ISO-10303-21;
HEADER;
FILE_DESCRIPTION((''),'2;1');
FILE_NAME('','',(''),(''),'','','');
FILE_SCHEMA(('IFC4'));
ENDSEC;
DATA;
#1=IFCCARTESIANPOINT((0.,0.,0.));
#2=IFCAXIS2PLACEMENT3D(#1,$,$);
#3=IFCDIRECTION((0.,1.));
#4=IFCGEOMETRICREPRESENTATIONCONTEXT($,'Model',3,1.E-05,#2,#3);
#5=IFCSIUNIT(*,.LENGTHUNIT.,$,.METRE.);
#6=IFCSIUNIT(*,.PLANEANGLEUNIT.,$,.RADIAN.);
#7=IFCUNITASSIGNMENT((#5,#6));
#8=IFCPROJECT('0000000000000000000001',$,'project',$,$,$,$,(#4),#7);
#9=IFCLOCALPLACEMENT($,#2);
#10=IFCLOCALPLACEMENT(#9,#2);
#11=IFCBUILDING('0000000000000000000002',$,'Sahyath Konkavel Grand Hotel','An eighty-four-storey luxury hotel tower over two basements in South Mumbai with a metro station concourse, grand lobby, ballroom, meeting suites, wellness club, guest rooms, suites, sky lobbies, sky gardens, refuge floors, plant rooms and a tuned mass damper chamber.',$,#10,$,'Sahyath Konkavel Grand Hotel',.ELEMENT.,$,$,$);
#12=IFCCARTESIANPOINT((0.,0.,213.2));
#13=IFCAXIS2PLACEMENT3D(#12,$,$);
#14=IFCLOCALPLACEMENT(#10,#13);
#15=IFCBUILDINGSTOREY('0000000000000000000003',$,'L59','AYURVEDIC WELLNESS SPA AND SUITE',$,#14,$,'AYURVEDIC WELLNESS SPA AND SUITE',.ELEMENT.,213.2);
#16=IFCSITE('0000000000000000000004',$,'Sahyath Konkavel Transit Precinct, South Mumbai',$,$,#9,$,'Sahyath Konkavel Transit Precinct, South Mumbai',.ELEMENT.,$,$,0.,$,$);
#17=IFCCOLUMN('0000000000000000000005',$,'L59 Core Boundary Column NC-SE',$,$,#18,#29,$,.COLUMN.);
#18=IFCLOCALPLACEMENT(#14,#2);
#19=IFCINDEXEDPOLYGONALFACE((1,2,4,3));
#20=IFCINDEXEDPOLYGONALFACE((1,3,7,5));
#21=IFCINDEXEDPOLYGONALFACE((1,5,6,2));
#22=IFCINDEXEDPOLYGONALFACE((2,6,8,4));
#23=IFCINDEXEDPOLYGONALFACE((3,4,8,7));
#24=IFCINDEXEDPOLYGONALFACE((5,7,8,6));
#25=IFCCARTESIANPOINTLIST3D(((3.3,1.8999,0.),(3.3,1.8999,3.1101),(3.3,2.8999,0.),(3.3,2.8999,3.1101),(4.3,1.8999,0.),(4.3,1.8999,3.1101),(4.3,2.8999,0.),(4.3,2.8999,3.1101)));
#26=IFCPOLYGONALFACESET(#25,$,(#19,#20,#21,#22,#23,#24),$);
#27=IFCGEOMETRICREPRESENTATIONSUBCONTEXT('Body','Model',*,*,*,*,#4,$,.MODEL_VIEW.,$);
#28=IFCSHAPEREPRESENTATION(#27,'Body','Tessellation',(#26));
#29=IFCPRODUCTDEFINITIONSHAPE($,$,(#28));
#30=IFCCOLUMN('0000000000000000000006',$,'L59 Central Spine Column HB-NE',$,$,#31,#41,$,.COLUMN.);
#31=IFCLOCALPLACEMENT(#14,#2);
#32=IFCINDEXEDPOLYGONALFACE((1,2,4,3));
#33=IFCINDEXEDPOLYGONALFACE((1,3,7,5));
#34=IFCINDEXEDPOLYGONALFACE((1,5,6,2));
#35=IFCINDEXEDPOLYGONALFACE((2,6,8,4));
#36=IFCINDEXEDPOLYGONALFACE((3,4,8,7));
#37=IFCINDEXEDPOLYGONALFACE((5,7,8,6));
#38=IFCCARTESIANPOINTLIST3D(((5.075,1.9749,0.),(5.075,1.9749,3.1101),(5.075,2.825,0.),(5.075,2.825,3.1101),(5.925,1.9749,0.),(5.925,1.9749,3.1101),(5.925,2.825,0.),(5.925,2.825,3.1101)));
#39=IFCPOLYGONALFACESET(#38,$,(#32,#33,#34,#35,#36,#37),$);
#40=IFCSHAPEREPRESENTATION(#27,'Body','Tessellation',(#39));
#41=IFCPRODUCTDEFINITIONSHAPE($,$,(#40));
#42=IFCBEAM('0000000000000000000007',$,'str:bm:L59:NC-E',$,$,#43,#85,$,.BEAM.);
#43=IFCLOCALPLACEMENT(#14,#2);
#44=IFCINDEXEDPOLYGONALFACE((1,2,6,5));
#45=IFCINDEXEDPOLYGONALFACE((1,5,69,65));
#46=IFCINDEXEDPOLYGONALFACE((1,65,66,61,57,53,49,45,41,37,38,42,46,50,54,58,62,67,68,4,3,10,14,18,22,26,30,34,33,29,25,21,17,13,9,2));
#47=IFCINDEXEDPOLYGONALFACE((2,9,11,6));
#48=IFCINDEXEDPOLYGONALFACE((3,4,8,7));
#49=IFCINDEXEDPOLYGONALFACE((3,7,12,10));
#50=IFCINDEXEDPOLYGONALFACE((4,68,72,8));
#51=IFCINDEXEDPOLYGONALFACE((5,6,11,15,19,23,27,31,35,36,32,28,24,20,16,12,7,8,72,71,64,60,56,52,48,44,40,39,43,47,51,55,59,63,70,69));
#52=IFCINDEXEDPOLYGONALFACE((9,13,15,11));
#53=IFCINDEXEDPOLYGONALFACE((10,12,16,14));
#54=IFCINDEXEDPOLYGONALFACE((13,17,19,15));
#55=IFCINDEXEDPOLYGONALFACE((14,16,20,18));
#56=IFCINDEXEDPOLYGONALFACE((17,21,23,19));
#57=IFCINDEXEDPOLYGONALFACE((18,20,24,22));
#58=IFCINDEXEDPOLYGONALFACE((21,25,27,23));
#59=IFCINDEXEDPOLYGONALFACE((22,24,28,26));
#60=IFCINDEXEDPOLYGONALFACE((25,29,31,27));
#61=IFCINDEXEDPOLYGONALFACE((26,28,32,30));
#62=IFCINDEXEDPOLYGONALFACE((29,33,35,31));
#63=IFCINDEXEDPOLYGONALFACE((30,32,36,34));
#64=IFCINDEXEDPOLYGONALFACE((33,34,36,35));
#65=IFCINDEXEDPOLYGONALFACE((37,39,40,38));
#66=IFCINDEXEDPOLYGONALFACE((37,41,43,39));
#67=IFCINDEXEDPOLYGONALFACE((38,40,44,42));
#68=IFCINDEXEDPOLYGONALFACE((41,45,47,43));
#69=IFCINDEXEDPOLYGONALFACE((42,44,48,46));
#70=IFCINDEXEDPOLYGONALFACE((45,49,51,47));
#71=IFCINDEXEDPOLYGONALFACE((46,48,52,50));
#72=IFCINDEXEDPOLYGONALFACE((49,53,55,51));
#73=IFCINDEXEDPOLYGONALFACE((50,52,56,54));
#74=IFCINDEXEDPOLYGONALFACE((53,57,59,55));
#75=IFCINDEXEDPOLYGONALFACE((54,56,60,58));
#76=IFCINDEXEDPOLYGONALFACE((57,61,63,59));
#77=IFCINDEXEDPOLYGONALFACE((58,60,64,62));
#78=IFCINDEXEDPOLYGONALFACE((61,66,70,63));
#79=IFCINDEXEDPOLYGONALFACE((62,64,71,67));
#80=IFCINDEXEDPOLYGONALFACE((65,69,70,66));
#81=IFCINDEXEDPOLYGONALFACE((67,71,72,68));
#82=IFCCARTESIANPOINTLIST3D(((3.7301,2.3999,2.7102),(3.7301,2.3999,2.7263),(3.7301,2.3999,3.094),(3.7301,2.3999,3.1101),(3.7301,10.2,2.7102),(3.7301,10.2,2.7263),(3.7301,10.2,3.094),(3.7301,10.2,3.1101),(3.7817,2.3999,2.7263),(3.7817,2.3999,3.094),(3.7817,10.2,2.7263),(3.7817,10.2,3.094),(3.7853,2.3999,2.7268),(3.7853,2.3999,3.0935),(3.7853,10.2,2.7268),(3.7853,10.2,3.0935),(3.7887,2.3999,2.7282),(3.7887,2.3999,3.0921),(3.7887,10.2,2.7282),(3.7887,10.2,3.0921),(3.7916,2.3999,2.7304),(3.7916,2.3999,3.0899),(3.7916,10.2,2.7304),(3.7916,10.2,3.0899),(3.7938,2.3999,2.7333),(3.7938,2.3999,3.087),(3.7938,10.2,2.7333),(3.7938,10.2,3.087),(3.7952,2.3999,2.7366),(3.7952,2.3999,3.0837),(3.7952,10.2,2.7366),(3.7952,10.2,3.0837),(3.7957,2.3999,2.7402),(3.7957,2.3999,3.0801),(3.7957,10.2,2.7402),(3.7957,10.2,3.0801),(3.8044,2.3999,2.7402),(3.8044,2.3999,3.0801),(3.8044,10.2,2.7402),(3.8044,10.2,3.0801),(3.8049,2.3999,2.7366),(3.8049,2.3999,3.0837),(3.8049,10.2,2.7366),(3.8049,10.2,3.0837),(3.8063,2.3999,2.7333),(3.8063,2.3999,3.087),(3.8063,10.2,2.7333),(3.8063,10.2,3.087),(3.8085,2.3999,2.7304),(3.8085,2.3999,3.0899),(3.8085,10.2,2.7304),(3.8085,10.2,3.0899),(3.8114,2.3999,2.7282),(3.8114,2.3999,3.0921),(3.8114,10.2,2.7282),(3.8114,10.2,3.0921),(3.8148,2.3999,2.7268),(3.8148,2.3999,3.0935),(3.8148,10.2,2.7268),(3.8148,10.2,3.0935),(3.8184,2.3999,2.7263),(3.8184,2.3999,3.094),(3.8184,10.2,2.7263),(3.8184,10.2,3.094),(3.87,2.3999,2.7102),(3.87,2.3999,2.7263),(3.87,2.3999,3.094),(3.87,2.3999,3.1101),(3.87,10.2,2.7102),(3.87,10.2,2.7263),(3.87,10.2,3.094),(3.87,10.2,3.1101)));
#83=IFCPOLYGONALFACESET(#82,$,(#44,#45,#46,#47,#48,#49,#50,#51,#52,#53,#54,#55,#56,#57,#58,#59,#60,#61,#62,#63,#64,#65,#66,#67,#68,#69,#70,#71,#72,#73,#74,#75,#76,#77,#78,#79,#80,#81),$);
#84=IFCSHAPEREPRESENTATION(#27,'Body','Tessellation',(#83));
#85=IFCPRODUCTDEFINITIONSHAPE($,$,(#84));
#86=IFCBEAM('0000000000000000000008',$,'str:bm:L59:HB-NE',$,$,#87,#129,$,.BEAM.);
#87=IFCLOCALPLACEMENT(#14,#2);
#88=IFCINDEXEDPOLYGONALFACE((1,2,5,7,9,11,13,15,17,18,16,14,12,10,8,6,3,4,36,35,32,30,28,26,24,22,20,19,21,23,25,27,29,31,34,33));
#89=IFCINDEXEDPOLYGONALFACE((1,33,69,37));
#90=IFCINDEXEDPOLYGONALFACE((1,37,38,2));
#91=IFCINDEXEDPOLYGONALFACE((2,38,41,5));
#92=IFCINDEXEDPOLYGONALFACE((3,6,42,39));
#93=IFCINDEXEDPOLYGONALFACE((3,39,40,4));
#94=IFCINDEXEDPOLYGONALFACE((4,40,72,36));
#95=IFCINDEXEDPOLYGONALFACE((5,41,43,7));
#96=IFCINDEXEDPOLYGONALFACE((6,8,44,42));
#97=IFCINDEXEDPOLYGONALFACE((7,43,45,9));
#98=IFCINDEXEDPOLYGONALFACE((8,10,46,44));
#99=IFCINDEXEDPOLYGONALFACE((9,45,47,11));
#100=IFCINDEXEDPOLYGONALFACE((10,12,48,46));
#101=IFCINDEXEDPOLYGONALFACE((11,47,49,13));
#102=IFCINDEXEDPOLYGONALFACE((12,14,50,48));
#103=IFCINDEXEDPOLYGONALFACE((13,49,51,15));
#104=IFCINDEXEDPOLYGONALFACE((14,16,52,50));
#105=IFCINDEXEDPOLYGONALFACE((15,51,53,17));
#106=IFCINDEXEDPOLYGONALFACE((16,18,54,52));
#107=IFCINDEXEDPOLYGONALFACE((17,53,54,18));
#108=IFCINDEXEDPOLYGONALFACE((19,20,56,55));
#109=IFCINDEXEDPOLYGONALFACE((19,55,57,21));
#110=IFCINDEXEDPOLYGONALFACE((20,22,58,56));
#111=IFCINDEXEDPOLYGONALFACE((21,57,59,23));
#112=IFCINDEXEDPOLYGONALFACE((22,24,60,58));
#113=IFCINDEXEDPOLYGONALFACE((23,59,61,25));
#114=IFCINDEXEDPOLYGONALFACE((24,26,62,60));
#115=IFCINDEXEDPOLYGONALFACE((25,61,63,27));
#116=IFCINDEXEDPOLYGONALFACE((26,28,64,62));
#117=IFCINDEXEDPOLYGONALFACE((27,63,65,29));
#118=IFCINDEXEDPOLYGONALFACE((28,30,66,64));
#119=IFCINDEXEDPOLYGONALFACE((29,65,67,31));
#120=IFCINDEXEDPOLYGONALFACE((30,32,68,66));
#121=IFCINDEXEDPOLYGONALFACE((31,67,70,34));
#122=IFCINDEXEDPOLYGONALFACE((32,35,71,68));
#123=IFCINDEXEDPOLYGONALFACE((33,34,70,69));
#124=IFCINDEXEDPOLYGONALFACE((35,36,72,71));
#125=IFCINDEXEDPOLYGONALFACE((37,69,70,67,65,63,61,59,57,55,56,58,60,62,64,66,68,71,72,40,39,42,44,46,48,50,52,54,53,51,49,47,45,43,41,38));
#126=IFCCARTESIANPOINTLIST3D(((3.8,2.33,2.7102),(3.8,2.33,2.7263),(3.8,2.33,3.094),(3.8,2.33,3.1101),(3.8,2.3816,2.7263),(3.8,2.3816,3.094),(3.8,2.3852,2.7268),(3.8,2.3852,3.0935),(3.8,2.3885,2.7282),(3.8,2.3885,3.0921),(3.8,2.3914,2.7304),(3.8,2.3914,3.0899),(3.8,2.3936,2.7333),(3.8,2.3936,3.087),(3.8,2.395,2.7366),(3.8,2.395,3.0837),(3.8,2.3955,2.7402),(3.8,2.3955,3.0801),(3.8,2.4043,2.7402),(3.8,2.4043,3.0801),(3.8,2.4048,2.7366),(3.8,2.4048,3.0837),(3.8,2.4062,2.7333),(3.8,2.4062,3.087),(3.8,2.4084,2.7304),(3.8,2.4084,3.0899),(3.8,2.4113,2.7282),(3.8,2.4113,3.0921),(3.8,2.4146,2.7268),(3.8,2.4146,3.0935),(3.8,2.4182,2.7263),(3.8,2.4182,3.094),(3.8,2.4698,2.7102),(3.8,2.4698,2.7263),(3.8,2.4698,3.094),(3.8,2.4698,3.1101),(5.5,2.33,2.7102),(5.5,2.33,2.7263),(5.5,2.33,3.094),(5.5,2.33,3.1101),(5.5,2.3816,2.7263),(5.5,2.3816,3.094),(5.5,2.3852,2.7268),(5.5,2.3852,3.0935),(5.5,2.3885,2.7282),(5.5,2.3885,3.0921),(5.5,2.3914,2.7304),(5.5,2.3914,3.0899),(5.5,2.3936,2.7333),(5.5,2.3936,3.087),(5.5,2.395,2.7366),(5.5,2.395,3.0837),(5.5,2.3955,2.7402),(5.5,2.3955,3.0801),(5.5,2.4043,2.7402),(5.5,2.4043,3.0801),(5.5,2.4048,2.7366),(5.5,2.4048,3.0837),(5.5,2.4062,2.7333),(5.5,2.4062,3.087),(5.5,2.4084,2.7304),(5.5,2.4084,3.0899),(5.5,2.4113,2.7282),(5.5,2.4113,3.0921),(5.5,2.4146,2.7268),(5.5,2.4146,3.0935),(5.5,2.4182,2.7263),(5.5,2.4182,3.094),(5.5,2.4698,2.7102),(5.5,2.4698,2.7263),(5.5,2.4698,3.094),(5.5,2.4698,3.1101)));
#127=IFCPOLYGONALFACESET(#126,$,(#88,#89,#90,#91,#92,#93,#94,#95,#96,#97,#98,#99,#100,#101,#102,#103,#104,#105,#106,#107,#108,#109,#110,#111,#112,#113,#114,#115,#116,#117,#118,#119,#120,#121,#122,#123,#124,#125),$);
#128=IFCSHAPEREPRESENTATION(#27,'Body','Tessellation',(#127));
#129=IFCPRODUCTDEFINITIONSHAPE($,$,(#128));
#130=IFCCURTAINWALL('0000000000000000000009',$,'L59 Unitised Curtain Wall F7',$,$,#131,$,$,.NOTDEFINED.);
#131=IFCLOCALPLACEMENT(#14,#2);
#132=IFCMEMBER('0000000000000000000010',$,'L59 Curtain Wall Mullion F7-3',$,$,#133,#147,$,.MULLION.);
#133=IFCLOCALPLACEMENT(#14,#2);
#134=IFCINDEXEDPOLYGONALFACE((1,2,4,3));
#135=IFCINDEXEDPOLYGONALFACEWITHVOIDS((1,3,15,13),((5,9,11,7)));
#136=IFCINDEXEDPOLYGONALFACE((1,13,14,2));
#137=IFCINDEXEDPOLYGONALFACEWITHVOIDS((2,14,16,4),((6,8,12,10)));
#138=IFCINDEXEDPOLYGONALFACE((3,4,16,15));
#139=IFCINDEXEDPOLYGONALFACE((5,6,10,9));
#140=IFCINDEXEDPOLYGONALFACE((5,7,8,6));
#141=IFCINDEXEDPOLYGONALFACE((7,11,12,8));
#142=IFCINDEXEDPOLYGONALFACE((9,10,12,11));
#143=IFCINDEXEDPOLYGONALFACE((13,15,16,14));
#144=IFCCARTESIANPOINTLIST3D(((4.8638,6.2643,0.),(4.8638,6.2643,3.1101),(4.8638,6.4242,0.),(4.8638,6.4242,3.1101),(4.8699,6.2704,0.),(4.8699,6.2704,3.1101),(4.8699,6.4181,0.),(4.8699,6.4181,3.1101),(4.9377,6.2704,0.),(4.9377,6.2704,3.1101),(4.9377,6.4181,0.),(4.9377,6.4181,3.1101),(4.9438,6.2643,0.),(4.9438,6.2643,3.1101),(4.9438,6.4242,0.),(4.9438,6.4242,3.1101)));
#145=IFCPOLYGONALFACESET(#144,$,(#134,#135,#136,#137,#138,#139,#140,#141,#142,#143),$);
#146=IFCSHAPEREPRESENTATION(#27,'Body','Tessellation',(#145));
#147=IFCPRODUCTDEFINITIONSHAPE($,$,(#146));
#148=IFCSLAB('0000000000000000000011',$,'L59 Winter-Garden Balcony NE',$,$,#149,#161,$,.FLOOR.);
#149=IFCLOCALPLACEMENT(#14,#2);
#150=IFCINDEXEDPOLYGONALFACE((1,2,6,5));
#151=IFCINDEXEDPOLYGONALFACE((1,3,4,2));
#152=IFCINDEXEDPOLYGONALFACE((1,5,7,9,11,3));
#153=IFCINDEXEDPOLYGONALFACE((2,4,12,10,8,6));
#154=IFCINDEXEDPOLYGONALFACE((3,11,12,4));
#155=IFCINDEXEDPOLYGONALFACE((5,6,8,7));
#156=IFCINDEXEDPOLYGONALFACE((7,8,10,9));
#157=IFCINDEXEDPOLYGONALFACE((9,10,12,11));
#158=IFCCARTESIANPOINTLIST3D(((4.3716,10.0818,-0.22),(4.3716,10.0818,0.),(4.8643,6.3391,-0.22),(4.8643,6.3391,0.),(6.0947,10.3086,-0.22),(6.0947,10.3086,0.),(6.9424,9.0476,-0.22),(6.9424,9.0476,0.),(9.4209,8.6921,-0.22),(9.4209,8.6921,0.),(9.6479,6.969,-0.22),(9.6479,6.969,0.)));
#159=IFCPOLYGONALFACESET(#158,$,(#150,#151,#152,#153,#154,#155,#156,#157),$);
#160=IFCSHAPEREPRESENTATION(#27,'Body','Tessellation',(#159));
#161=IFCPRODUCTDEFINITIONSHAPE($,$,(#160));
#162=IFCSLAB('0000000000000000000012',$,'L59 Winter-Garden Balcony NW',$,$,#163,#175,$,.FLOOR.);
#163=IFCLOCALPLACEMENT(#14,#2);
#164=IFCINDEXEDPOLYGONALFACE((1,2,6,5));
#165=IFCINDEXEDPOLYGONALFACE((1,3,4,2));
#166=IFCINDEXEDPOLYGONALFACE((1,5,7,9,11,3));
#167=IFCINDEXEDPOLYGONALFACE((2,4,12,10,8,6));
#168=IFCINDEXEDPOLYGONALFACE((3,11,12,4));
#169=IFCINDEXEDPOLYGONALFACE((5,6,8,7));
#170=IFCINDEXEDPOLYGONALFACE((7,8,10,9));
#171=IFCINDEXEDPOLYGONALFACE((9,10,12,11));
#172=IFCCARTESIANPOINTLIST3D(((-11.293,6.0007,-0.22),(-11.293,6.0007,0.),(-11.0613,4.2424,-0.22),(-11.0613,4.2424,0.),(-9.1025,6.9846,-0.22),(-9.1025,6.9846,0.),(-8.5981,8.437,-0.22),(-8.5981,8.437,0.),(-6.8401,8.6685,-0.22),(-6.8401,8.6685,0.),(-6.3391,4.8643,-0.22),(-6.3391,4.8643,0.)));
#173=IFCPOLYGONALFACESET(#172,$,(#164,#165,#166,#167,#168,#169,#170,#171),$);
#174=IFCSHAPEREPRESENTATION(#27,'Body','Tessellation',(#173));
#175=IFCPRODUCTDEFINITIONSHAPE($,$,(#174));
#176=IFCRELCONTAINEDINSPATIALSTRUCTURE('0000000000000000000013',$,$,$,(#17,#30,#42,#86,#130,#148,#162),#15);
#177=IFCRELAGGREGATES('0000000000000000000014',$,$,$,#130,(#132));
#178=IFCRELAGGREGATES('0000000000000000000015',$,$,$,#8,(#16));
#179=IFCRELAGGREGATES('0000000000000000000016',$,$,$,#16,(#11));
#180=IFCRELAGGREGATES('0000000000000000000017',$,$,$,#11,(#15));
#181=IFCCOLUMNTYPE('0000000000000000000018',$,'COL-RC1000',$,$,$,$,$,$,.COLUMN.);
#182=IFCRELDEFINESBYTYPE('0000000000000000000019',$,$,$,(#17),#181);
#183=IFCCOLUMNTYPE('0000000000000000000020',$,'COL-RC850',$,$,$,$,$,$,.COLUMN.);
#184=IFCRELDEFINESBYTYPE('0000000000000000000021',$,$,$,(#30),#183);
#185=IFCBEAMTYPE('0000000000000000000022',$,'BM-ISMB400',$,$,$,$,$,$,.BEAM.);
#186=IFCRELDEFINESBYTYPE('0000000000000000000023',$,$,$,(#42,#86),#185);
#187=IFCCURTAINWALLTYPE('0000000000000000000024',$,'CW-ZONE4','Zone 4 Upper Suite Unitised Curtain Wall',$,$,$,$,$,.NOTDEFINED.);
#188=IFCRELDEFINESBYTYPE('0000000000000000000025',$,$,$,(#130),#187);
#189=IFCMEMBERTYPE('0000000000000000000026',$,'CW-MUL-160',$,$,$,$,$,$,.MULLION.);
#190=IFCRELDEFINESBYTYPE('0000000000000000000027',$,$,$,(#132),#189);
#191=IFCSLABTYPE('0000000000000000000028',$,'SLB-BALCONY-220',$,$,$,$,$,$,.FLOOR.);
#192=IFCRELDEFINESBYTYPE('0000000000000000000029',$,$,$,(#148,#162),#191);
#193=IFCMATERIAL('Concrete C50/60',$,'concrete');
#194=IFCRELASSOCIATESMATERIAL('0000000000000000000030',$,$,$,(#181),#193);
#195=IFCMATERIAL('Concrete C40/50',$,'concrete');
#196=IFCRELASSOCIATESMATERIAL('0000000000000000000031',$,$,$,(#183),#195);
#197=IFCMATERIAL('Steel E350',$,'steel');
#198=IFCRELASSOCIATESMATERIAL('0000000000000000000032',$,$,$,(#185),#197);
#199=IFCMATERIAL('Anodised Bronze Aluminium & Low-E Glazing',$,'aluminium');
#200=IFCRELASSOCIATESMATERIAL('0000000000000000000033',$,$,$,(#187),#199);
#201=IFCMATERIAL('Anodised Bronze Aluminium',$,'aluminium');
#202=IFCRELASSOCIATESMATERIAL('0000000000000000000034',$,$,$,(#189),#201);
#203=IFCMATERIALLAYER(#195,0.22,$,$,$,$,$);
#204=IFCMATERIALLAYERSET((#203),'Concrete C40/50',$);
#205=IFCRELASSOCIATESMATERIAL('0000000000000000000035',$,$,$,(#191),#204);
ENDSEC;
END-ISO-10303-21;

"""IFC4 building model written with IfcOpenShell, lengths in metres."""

from ifc_helpers import new_model, si_unit, direction, frame, origin, origin_2d, place, context, subcontext, project, spatial, polyline, rectangle, hollow_rectangle, i_section, outline, extrude, source, transform, mapped, material, layer, layer_set, material_profile, profile_set, type_object, element, aggregate, save


model = new_model("IFC4")

# Units and contexts
model_context = context("Model", 3, precision=1e-05, world=origin(), true_north=direction((0.0, 1.0)))
body_context = subcontext(model_context, "Body", "Model", "MODEL_VIEW")
ifc_project = project(units=[si_unit("LENGTHUNIT", "METRE"), si_unit("PLANEANGLEUNIT", "RADIAN")], contexts=[model_context])

# Site, building, storey
site_placement = place(None, origin())
site = spatial("IfcSite", under=ifc_project, at=site_placement, Name="Sahyath Konkavel Transit Precinct, South Mumbai", LongName="Sahyath Konkavel Transit Precinct, South Mumbai", CompositionType="ELEMENT", RefElevation=0.0)
building_placement = place(site_placement, origin())
building = spatial("IfcBuilding", under=site, at=building_placement, Name="Sahyath Konkavel Grand Hotel", Description="An eighty-four-storey luxury hotel tower over two basements in South Mumbai with a metro station concourse, grand lobby, ballroom, meeting suites, wellness club, guest rooms, suites, sky lobbies, sky gardens, refuge floors, plant rooms and a tuned mass damper chamber.", LongName="Sahyath Konkavel Grand Hotel", CompositionType="ELEMENT")
storey_placement = place(building_placement, frame((0.0, 0.0, 213.2)))
storey = spatial("IfcBuildingStorey", under=building, at=storey_placement, Name="L59", Description="AYURVEDIC WELLNESS SPA AND SUITE", LongName="AYURVEDIC WELLNESS SPA AND SUITE", CompositionType="ELEMENT", Elevation=213.2)

# Columns
ifc_material_1 = material(Name="Concrete C50/60", Category="concrete")
ifc_material_profile_1 = material_profile(ifc_material_1, rectangle(XDim=1.0, YDim=1.0, at=origin_2d()), Name="RC 1000x1000")
ifc_profile_set_1 = profile_set([ifc_material_profile_1], Name="Concrete C50/60")
column_type_1 = type_object("IfcColumnType", Name="COL-RC1000", PredefinedType="COLUMN", material=ifc_profile_set_1)
shared_shape_1 = source(origin(), body_context, "Body", "SweptSolid", [
    extrude(rectangle(XDim=1.0, YDim=1.0, at=origin_2d()), origin(), (0.0, 0.0, 1.0), 3.1101),
])
column_1_placement = place(storey_placement, frame((3.8, 2.3999, 0.0), z_axis=(0.0, 0.0, 1.0), x_axis=(1.0, 0.0, 0.0)))
element("IfcColumn", 1, at=column_1_placement, inside=storey, type_object=column_type_1, Name="L59 Core Boundary Column NC-SE", PredefinedType="COLUMN", context=body_context, shape_type="MappedRepresentation", body=[
    mapped(shared_shape_1, transform((0.0, 0.0, 0.0), scale=1.0)),
])
ifc_material_2 = material(Name="Concrete C40/50", Category="concrete")
ifc_material_profile_2 = material_profile(ifc_material_2, rectangle(XDim=0.8501, YDim=0.8501, at=origin_2d()), Name="RC 850x850")
ifc_profile_set_2 = profile_set([ifc_material_profile_2], Name="Concrete C40/50")
column_type_2 = type_object("IfcColumnType", Name="COL-RC850", PredefinedType="COLUMN", material=ifc_profile_set_2)
shared_shape_2 = source(origin(), body_context, "Body", "SweptSolid", [
    extrude(rectangle(XDim=0.8501, YDim=0.8501, at=origin_2d()), origin(), (0.0, 0.0, 1.0), 3.1101),
])
column_2_placement = place(storey_placement, frame((5.5, 2.3999, 0.0), z_axis=(0.0, 0.0, 1.0), x_axis=(1.0, 0.0, 0.0)))
element("IfcColumn", 2, at=column_2_placement, inside=storey, type_object=column_type_2, Name="L59 Central Spine Column HB-NE", PredefinedType="COLUMN", context=body_context, shape_type="MappedRepresentation", body=[
    mapped(shared_shape_2, transform((0.0, 0.0, 0.0), scale=1.0)),
])

# Beams
ifc_material_3 = material(Name="Steel E350", Category="steel")
ifc_material_profile_3 = material_profile(ifc_material_3, i_section(OverallWidth=0.1399, OverallDepth=0.3999, WebThickness=0.0088, FlangeThickness=0.0161, FilletRadius=0.0139, at=origin_2d()), Name="ISMB 400")
ifc_profile_set_3 = profile_set([ifc_material_profile_3], Name="Steel E350")
beam_type = type_object("IfcBeamType", Name="BM-ISMB400", PredefinedType="BEAM", material=ifc_profile_set_3)
shared_shape_3 = source(origin(), body_context, "Body", "SweptSolid", [
    extrude(i_section(OverallWidth=0.1399, OverallDepth=0.3999, WebThickness=0.0088, FlangeThickness=0.0161, FilletRadius=0.0139, at=origin_2d()), origin(), (0.0, 0.0, 1.0), 7.8),
])
beam_1_placement = place(storey_placement, frame((3.8, 2.3999, 2.9102), z_axis=(0.0, 1.0, 0.0), x_axis=(-1.0, 0.0, 0.0)))
element("IfcBeam", 3, at=beam_1_placement, inside=storey, type_object=beam_type, Name="str:bm:L59:NC-E", PredefinedType="BEAM", context=body_context, shape_type="MappedRepresentation", body=[
    mapped(shared_shape_3, transform((0.0, 0.0, 0.0), scale=1.0)),
])
shared_shape_4 = source(origin(), body_context, "Body", "SweptSolid", [
    extrude(i_section(OverallWidth=0.1399, OverallDepth=0.3999, WebThickness=0.0088, FlangeThickness=0.0161, FilletRadius=0.0139, at=origin_2d()), origin(), (0.0, 0.0, 1.0), 1.7),
])
beam_2_placement = place(storey_placement, frame((3.8, 2.3999, 2.9102), z_axis=(1.0, 0.0, 0.0), x_axis=(0.0, 1.0, 0.0)))
element("IfcBeam", 4, at=beam_2_placement, inside=storey, type_object=beam_type, Name="str:bm:L59:HB-NE", PredefinedType="BEAM", context=body_context, shape_type="MappedRepresentation", body=[
    mapped(shared_shape_4, transform((0.0, 0.0, 0.0), scale=1.0)),
])

# Curtain wall, member
ifc_material_4 = material(Name="Anodised Bronze Aluminium & Low-E Glazing", Category="aluminium")
curtain_wall_type = type_object("IfcCurtainWallType", Name="CW-ZONE4", Description="Zone 4 Upper Suite Unitised Curtain Wall", PredefinedType="NOTDEFINED", material=ifc_material_4)
curtain_wall_placement = place(storey_placement, origin())
curtain_wall = element("IfcCurtainWall", 5, at=curtain_wall_placement, inside=storey, type_object=curtain_wall_type, Name="L59 Unitised Curtain Wall F7", PredefinedType="NOTDEFINED")
ifc_material_5 = material(Name="Anodised Bronze Aluminium", Category="aluminium")
ifc_material_profile_4 = material_profile(ifc_material_5, hollow_rectangle(XDim=0.0801, YDim=0.1599, WallThickness=0.0061, at=origin_2d()), Name="RHS 160x80x6")
ifc_profile_set_4 = profile_set([ifc_material_profile_4], Name="Anodised Bronze Aluminium")
member_type = type_object("IfcMemberType", Name="CW-MUL-160", PredefinedType="MULLION", material=ifc_profile_set_4)
shared_shape_5 = source(origin(), body_context, "Body", "SweptSolid", [
    extrude(hollow_rectangle(XDim=0.0801, YDim=0.1599, WallThickness=0.0061, at=origin_2d()), origin(), (0.0, 0.0, 1.0), 3.1101),
])
member_placement = place(storey_placement, frame((4.9038, 6.3442, 0.0), z_axis=(0.0, 0.0, 1.0), x_axis=(1.0, 0.0, 0.0)))
member = element("IfcMember", 6, at=member_placement, type_object=member_type, Name="L59 Curtain Wall Mullion F7-3", PredefinedType="MULLION", context=body_context, shape_type="MappedRepresentation", body=[
    mapped(shared_shape_5, transform((0.0, 0.0, 0.0), scale=1.0)),
])
aggregate(curtain_wall, [member])

# Slabs
ifc_layer_1 = layer(ifc_material_2, 0.22)
ifc_layer_set_1 = layer_set([ifc_layer_1], Name="Concrete C40/50")
slab_type_1 = type_object("IfcSlabType", Name="SLB-BALCONY-220", PredefinedType="FLOOR", material=ifc_layer_set_1)
slab_1_placement = place(storey_placement, frame((0.0, 0.0, -0.22)))
element("IfcSlab", 7, at=slab_1_placement, inside=storey, type_object=slab_type_1, Name="L59 Winter-Garden Balcony NE", PredefinedType="FLOOR", context=body_context, shape_type="SweptSolid", body=[
    extrude(outline(polyline([(4.8643, 6.3391), (9.6479, 6.969), (9.4209, 8.6921), (6.9424, 9.0476), (6.0947, 10.3086), (4.3716, 10.0818), (4.8643, 6.3391)])), origin(), (0.0, 0.0, 1.0), 0.22),
])
slab_2_placement = place(storey_placement, frame((0.0, 0.0, -0.22)))
element("IfcSlab", 8, at=slab_2_placement, inside=storey, type_object=slab_type_1, Name="L59 Winter-Garden Balcony NW", PredefinedType="FLOOR", context=body_context, shape_type="SweptSolid", body=[
    extrude(outline(polyline([(-6.3391, 4.8643), (-6.8401, 8.6685), (-8.5981, 8.437), (-9.1025, 6.9846), (-11.293, 6.0007), (-11.0613, 4.2424), (-6.3391, 4.8643)])), origin(), (0.0, 0.0, 1.0), 0.22),
])

save(model, "model.ifc")
